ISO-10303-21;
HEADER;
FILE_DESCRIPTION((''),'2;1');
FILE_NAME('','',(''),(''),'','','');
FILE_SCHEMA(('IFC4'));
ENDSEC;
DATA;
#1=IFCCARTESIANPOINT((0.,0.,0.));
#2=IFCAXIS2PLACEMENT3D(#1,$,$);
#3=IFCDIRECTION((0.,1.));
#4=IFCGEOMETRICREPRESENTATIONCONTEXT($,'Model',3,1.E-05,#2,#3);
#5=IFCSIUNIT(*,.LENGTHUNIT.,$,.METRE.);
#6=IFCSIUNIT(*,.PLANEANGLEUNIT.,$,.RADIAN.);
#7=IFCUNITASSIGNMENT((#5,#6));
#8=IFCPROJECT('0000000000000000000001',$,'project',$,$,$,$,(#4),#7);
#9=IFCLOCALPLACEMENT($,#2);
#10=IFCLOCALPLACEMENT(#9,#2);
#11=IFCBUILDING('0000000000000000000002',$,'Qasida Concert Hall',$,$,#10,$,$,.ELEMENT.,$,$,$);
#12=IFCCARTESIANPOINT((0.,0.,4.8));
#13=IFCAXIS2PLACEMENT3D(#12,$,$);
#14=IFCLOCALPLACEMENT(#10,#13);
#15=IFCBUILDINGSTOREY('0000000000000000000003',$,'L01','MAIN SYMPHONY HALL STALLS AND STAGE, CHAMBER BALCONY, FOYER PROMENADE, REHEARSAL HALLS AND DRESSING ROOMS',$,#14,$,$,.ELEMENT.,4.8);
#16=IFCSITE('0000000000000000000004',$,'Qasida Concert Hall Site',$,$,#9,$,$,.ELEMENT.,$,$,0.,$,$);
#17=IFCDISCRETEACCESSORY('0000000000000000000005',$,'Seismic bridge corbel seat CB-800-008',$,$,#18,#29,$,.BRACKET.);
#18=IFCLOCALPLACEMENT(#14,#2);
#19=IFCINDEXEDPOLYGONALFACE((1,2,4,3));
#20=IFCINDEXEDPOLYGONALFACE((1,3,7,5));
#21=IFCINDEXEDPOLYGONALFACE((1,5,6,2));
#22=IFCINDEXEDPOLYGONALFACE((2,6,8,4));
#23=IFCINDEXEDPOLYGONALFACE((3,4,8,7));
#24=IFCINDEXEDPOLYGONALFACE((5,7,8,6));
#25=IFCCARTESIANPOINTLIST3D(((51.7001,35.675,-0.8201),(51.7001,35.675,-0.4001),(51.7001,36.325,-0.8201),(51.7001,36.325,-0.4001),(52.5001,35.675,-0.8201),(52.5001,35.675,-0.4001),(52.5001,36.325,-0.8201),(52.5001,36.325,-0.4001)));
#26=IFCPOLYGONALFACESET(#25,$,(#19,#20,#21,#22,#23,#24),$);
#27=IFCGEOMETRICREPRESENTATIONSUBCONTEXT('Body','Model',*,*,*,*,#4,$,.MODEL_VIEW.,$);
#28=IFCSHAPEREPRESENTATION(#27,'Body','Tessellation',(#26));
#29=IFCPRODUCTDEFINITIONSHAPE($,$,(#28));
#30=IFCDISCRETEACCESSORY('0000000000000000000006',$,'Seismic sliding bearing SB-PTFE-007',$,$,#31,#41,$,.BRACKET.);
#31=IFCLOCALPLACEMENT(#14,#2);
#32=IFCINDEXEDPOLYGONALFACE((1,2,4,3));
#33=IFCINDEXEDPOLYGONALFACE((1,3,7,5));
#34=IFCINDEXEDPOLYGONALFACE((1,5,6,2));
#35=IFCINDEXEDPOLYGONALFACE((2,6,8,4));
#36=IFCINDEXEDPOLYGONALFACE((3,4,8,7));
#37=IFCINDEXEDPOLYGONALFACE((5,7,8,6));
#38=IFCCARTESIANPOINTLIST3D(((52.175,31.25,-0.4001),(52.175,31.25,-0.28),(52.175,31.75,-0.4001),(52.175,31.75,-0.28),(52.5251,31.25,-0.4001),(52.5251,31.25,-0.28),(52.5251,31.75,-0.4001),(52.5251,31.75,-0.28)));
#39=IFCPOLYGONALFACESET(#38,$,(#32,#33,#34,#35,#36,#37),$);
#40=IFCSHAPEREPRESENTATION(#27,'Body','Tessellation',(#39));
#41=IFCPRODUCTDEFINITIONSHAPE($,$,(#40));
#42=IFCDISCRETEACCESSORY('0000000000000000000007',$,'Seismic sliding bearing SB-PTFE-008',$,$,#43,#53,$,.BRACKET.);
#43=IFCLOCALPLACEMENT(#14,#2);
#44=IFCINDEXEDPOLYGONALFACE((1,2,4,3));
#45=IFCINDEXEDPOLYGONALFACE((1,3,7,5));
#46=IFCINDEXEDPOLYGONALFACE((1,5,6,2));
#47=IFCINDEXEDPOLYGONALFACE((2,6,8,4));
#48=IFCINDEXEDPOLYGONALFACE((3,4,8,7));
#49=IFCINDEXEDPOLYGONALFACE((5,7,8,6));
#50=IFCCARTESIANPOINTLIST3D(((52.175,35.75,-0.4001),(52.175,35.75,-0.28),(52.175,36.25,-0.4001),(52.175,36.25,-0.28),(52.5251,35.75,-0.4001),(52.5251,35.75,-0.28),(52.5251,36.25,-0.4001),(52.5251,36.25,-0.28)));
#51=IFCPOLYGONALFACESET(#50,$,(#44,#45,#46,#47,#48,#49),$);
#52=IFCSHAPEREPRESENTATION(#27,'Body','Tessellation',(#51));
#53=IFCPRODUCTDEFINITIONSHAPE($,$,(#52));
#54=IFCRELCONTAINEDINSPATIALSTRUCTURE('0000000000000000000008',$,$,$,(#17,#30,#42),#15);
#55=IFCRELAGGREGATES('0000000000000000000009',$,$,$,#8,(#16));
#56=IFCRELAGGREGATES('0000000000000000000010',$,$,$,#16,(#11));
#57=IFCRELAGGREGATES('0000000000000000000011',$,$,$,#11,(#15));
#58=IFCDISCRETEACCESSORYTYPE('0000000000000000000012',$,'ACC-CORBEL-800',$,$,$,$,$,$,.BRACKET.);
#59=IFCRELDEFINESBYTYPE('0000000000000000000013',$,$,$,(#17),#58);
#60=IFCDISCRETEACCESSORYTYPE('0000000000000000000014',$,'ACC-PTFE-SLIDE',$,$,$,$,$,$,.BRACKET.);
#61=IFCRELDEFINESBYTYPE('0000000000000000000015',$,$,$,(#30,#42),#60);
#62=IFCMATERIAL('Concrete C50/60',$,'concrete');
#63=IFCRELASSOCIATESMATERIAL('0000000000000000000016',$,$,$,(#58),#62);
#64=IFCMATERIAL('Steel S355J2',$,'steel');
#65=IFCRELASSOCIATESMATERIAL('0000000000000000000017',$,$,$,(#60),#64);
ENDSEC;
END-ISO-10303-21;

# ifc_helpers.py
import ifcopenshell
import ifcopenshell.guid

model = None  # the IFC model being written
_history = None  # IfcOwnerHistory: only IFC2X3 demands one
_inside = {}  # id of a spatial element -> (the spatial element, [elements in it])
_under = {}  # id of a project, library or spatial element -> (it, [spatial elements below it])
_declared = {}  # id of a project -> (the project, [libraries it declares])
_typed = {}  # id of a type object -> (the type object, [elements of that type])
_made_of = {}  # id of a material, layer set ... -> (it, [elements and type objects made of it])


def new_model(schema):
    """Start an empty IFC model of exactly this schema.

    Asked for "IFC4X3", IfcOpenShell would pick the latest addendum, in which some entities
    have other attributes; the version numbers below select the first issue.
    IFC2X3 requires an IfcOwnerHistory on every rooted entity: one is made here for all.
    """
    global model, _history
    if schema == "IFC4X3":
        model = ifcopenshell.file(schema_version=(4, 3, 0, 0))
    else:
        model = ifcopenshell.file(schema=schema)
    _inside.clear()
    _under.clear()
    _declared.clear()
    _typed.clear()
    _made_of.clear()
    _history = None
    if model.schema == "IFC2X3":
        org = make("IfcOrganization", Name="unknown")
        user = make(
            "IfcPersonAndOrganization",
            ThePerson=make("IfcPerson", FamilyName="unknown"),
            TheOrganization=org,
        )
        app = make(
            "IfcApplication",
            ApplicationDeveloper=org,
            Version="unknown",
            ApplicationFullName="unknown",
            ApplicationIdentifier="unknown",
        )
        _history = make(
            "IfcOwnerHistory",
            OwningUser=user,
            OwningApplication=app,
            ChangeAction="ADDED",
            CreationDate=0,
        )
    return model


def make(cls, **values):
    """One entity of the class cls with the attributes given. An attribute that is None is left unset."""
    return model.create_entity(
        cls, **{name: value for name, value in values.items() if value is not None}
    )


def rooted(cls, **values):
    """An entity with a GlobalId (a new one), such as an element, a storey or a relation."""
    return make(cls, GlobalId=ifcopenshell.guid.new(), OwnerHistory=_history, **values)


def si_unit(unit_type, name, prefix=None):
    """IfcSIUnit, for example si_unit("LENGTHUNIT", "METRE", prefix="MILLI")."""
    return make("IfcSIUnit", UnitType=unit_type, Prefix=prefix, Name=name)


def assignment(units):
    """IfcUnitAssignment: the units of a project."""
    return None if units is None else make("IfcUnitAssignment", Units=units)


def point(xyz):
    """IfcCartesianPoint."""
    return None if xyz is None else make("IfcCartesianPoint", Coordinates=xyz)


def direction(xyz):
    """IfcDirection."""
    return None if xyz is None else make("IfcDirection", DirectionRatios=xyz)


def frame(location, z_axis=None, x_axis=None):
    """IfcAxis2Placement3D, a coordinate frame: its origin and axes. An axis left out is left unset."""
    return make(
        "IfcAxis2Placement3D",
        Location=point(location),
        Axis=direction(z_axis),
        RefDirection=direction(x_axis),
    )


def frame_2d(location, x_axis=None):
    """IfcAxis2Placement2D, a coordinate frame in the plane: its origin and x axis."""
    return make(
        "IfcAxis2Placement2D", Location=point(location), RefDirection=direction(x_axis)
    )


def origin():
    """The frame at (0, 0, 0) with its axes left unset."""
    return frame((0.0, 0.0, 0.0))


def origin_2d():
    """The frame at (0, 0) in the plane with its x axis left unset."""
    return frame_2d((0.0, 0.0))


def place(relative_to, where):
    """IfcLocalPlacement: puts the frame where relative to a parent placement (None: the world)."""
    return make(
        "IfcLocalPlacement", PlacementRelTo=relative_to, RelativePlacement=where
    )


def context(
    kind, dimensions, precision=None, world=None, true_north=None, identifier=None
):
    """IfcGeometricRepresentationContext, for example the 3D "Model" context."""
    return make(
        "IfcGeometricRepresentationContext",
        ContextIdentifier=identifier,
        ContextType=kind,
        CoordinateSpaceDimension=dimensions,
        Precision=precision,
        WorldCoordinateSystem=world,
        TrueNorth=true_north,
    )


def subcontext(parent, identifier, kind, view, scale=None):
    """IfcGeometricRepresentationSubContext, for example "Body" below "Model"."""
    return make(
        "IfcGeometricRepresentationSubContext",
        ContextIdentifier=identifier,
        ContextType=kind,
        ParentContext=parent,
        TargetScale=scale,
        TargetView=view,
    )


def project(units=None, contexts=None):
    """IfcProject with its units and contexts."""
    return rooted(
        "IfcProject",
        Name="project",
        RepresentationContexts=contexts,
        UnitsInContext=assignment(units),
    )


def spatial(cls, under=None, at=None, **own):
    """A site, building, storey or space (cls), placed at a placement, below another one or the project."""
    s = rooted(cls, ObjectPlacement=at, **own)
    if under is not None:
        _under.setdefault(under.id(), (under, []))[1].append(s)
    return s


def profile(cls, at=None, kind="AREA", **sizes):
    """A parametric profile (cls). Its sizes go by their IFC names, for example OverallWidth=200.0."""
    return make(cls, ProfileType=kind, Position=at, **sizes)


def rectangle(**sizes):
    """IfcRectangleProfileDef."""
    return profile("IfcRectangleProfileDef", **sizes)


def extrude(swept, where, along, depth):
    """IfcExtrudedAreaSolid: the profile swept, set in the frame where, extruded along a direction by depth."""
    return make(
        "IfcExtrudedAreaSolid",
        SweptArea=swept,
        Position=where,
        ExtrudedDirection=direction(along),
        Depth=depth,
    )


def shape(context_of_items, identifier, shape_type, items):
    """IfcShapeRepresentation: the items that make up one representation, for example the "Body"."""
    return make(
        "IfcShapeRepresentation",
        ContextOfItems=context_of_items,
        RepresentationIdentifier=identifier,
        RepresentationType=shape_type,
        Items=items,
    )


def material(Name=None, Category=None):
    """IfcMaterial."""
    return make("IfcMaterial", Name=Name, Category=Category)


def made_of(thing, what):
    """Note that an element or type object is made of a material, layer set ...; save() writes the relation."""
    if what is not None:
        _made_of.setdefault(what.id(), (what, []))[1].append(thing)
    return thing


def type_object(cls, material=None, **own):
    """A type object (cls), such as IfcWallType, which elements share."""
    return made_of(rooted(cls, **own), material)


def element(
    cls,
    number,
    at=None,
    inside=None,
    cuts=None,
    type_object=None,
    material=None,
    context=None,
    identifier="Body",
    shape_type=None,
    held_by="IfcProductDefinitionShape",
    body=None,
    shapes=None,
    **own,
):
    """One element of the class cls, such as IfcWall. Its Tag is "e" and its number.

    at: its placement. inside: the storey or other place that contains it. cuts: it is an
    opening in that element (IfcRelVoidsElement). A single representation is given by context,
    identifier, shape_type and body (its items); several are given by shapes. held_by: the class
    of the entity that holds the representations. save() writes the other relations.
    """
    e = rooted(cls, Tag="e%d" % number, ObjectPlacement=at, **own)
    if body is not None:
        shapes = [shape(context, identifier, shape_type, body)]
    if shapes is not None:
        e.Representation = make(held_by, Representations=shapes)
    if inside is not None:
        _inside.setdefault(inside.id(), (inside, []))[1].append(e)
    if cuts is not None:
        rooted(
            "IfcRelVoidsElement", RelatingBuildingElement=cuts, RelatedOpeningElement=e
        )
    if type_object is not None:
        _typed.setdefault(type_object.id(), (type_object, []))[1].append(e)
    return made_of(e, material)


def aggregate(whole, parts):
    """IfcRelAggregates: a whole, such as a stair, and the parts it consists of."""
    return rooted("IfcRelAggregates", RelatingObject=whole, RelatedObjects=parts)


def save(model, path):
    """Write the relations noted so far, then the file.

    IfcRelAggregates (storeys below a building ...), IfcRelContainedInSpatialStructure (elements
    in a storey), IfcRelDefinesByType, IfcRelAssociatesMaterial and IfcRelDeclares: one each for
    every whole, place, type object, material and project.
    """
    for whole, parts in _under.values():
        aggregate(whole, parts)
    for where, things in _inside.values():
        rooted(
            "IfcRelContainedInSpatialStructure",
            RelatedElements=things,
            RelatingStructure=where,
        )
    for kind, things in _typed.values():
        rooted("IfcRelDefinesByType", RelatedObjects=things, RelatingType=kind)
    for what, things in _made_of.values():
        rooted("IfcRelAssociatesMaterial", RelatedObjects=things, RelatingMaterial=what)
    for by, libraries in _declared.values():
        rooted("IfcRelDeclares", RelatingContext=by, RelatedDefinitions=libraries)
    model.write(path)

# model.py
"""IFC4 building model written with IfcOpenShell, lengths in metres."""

from ifc_helpers import new_model, si_unit, direction, frame, origin, origin_2d, place, context, subcontext, project, spatial, rectangle, extrude, material, type_object, element, save


model = new_model("IFC4")

# Units and contexts
model_context = context("Model", 3, precision=1e-05, world=origin(), true_north=direction((0.0, 1.0)))
body_context = subcontext(model_context, "Body", "Model", "MODEL_VIEW")
ifc_project = project(units=[si_unit("LENGTHUNIT", "METRE"), si_unit("PLANEANGLEUNIT", "RADIAN")], contexts=[model_context])

# Site, building, storey
site_placement = place(None, origin())
site = spatial("IfcSite", under=ifc_project, at=site_placement, Name="Qasida Concert Hall Site", CompositionType="ELEMENT", RefElevation=0.0)
building_placement = place(site_placement, origin())
building = spatial("IfcBuilding", under=site, at=building_placement, Name="Qasida Concert Hall", CompositionType="ELEMENT")
storey_placement = place(building_placement, frame((0.0, 0.0, 4.8)))
storey = spatial("IfcBuildingStorey", under=building, at=storey_placement, Name="L01", Description="MAIN SYMPHONY HALL STALLS AND STAGE, CHAMBER BALCONY, FOYER PROMENADE, REHEARSAL HALLS AND DRESSING ROOMS", CompositionType="ELEMENT", Elevation=4.8)

# Shared definitions
ifc_material_1 = material(Name="Concrete C50/60", Category="concrete")

# Discrete accessories
ifc_material_2 = material(Name="Steel S355J2", Category="steel")
discrete_accessory_type_1 = type_object("IfcDiscreteAccessoryType", Name="ACC-CORBEL-800", PredefinedType="BRACKET", material=ifc_material_1)
for number, where, z_axis, x_axis, name in (
    (1, (52.1001, 36.0, -0.8201), (0.0, 0.0, 1.0), (1.0, 0.0, 0.0), "Seismic bridge corbel seat CB-800-008"),
):
    element("IfcDiscreteAccessory", number, at=place(storey_placement, frame(where, z_axis=z_axis, x_axis=x_axis)), inside=storey, type_object=discrete_accessory_type_1, Name=name, PredefinedType="BRACKET", context=body_context, shape_type="SweptSolid", body=[
        extrude(rectangle(XDim=0.8, YDim=0.6499, at=origin_2d()), origin(), (0.0, 0.0, 1.0), 0.4199),
    ])
discrete_accessory_type_2 = type_object("IfcDiscreteAccessoryType", Name="ACC-PTFE-SLIDE", PredefinedType="BRACKET", material=ifc_material_2)
for number, where, z_axis, x_axis, name in (
    (2, (52.3501, 31.5, -0.4001), (0.0, 0.0, 1.0), (1.0, 0.0, 0.0), "Seismic sliding bearing SB-PTFE-007"),
    (3, (52.3501, 36.0, -0.4001), (0.0, 0.0, 1.0), (1.0, 0.0, 0.0), "Seismic sliding bearing SB-PTFE-008"),
):
    element("IfcDiscreteAccessory", number, at=place(storey_placement, frame(where, z_axis=z_axis, x_axis=x_axis)), inside=storey, type_object=discrete_accessory_type_2, Name=name, PredefinedType="BRACKET", context=body_context, shape_type="SweptSolid", body=[
        extrude(rectangle(XDim=0.3501, YDim=0.5, at=origin_2d()), origin(), (0.0, 0.0, 1.0), 0.1201),
    ])

save(model, "model.ifc")
